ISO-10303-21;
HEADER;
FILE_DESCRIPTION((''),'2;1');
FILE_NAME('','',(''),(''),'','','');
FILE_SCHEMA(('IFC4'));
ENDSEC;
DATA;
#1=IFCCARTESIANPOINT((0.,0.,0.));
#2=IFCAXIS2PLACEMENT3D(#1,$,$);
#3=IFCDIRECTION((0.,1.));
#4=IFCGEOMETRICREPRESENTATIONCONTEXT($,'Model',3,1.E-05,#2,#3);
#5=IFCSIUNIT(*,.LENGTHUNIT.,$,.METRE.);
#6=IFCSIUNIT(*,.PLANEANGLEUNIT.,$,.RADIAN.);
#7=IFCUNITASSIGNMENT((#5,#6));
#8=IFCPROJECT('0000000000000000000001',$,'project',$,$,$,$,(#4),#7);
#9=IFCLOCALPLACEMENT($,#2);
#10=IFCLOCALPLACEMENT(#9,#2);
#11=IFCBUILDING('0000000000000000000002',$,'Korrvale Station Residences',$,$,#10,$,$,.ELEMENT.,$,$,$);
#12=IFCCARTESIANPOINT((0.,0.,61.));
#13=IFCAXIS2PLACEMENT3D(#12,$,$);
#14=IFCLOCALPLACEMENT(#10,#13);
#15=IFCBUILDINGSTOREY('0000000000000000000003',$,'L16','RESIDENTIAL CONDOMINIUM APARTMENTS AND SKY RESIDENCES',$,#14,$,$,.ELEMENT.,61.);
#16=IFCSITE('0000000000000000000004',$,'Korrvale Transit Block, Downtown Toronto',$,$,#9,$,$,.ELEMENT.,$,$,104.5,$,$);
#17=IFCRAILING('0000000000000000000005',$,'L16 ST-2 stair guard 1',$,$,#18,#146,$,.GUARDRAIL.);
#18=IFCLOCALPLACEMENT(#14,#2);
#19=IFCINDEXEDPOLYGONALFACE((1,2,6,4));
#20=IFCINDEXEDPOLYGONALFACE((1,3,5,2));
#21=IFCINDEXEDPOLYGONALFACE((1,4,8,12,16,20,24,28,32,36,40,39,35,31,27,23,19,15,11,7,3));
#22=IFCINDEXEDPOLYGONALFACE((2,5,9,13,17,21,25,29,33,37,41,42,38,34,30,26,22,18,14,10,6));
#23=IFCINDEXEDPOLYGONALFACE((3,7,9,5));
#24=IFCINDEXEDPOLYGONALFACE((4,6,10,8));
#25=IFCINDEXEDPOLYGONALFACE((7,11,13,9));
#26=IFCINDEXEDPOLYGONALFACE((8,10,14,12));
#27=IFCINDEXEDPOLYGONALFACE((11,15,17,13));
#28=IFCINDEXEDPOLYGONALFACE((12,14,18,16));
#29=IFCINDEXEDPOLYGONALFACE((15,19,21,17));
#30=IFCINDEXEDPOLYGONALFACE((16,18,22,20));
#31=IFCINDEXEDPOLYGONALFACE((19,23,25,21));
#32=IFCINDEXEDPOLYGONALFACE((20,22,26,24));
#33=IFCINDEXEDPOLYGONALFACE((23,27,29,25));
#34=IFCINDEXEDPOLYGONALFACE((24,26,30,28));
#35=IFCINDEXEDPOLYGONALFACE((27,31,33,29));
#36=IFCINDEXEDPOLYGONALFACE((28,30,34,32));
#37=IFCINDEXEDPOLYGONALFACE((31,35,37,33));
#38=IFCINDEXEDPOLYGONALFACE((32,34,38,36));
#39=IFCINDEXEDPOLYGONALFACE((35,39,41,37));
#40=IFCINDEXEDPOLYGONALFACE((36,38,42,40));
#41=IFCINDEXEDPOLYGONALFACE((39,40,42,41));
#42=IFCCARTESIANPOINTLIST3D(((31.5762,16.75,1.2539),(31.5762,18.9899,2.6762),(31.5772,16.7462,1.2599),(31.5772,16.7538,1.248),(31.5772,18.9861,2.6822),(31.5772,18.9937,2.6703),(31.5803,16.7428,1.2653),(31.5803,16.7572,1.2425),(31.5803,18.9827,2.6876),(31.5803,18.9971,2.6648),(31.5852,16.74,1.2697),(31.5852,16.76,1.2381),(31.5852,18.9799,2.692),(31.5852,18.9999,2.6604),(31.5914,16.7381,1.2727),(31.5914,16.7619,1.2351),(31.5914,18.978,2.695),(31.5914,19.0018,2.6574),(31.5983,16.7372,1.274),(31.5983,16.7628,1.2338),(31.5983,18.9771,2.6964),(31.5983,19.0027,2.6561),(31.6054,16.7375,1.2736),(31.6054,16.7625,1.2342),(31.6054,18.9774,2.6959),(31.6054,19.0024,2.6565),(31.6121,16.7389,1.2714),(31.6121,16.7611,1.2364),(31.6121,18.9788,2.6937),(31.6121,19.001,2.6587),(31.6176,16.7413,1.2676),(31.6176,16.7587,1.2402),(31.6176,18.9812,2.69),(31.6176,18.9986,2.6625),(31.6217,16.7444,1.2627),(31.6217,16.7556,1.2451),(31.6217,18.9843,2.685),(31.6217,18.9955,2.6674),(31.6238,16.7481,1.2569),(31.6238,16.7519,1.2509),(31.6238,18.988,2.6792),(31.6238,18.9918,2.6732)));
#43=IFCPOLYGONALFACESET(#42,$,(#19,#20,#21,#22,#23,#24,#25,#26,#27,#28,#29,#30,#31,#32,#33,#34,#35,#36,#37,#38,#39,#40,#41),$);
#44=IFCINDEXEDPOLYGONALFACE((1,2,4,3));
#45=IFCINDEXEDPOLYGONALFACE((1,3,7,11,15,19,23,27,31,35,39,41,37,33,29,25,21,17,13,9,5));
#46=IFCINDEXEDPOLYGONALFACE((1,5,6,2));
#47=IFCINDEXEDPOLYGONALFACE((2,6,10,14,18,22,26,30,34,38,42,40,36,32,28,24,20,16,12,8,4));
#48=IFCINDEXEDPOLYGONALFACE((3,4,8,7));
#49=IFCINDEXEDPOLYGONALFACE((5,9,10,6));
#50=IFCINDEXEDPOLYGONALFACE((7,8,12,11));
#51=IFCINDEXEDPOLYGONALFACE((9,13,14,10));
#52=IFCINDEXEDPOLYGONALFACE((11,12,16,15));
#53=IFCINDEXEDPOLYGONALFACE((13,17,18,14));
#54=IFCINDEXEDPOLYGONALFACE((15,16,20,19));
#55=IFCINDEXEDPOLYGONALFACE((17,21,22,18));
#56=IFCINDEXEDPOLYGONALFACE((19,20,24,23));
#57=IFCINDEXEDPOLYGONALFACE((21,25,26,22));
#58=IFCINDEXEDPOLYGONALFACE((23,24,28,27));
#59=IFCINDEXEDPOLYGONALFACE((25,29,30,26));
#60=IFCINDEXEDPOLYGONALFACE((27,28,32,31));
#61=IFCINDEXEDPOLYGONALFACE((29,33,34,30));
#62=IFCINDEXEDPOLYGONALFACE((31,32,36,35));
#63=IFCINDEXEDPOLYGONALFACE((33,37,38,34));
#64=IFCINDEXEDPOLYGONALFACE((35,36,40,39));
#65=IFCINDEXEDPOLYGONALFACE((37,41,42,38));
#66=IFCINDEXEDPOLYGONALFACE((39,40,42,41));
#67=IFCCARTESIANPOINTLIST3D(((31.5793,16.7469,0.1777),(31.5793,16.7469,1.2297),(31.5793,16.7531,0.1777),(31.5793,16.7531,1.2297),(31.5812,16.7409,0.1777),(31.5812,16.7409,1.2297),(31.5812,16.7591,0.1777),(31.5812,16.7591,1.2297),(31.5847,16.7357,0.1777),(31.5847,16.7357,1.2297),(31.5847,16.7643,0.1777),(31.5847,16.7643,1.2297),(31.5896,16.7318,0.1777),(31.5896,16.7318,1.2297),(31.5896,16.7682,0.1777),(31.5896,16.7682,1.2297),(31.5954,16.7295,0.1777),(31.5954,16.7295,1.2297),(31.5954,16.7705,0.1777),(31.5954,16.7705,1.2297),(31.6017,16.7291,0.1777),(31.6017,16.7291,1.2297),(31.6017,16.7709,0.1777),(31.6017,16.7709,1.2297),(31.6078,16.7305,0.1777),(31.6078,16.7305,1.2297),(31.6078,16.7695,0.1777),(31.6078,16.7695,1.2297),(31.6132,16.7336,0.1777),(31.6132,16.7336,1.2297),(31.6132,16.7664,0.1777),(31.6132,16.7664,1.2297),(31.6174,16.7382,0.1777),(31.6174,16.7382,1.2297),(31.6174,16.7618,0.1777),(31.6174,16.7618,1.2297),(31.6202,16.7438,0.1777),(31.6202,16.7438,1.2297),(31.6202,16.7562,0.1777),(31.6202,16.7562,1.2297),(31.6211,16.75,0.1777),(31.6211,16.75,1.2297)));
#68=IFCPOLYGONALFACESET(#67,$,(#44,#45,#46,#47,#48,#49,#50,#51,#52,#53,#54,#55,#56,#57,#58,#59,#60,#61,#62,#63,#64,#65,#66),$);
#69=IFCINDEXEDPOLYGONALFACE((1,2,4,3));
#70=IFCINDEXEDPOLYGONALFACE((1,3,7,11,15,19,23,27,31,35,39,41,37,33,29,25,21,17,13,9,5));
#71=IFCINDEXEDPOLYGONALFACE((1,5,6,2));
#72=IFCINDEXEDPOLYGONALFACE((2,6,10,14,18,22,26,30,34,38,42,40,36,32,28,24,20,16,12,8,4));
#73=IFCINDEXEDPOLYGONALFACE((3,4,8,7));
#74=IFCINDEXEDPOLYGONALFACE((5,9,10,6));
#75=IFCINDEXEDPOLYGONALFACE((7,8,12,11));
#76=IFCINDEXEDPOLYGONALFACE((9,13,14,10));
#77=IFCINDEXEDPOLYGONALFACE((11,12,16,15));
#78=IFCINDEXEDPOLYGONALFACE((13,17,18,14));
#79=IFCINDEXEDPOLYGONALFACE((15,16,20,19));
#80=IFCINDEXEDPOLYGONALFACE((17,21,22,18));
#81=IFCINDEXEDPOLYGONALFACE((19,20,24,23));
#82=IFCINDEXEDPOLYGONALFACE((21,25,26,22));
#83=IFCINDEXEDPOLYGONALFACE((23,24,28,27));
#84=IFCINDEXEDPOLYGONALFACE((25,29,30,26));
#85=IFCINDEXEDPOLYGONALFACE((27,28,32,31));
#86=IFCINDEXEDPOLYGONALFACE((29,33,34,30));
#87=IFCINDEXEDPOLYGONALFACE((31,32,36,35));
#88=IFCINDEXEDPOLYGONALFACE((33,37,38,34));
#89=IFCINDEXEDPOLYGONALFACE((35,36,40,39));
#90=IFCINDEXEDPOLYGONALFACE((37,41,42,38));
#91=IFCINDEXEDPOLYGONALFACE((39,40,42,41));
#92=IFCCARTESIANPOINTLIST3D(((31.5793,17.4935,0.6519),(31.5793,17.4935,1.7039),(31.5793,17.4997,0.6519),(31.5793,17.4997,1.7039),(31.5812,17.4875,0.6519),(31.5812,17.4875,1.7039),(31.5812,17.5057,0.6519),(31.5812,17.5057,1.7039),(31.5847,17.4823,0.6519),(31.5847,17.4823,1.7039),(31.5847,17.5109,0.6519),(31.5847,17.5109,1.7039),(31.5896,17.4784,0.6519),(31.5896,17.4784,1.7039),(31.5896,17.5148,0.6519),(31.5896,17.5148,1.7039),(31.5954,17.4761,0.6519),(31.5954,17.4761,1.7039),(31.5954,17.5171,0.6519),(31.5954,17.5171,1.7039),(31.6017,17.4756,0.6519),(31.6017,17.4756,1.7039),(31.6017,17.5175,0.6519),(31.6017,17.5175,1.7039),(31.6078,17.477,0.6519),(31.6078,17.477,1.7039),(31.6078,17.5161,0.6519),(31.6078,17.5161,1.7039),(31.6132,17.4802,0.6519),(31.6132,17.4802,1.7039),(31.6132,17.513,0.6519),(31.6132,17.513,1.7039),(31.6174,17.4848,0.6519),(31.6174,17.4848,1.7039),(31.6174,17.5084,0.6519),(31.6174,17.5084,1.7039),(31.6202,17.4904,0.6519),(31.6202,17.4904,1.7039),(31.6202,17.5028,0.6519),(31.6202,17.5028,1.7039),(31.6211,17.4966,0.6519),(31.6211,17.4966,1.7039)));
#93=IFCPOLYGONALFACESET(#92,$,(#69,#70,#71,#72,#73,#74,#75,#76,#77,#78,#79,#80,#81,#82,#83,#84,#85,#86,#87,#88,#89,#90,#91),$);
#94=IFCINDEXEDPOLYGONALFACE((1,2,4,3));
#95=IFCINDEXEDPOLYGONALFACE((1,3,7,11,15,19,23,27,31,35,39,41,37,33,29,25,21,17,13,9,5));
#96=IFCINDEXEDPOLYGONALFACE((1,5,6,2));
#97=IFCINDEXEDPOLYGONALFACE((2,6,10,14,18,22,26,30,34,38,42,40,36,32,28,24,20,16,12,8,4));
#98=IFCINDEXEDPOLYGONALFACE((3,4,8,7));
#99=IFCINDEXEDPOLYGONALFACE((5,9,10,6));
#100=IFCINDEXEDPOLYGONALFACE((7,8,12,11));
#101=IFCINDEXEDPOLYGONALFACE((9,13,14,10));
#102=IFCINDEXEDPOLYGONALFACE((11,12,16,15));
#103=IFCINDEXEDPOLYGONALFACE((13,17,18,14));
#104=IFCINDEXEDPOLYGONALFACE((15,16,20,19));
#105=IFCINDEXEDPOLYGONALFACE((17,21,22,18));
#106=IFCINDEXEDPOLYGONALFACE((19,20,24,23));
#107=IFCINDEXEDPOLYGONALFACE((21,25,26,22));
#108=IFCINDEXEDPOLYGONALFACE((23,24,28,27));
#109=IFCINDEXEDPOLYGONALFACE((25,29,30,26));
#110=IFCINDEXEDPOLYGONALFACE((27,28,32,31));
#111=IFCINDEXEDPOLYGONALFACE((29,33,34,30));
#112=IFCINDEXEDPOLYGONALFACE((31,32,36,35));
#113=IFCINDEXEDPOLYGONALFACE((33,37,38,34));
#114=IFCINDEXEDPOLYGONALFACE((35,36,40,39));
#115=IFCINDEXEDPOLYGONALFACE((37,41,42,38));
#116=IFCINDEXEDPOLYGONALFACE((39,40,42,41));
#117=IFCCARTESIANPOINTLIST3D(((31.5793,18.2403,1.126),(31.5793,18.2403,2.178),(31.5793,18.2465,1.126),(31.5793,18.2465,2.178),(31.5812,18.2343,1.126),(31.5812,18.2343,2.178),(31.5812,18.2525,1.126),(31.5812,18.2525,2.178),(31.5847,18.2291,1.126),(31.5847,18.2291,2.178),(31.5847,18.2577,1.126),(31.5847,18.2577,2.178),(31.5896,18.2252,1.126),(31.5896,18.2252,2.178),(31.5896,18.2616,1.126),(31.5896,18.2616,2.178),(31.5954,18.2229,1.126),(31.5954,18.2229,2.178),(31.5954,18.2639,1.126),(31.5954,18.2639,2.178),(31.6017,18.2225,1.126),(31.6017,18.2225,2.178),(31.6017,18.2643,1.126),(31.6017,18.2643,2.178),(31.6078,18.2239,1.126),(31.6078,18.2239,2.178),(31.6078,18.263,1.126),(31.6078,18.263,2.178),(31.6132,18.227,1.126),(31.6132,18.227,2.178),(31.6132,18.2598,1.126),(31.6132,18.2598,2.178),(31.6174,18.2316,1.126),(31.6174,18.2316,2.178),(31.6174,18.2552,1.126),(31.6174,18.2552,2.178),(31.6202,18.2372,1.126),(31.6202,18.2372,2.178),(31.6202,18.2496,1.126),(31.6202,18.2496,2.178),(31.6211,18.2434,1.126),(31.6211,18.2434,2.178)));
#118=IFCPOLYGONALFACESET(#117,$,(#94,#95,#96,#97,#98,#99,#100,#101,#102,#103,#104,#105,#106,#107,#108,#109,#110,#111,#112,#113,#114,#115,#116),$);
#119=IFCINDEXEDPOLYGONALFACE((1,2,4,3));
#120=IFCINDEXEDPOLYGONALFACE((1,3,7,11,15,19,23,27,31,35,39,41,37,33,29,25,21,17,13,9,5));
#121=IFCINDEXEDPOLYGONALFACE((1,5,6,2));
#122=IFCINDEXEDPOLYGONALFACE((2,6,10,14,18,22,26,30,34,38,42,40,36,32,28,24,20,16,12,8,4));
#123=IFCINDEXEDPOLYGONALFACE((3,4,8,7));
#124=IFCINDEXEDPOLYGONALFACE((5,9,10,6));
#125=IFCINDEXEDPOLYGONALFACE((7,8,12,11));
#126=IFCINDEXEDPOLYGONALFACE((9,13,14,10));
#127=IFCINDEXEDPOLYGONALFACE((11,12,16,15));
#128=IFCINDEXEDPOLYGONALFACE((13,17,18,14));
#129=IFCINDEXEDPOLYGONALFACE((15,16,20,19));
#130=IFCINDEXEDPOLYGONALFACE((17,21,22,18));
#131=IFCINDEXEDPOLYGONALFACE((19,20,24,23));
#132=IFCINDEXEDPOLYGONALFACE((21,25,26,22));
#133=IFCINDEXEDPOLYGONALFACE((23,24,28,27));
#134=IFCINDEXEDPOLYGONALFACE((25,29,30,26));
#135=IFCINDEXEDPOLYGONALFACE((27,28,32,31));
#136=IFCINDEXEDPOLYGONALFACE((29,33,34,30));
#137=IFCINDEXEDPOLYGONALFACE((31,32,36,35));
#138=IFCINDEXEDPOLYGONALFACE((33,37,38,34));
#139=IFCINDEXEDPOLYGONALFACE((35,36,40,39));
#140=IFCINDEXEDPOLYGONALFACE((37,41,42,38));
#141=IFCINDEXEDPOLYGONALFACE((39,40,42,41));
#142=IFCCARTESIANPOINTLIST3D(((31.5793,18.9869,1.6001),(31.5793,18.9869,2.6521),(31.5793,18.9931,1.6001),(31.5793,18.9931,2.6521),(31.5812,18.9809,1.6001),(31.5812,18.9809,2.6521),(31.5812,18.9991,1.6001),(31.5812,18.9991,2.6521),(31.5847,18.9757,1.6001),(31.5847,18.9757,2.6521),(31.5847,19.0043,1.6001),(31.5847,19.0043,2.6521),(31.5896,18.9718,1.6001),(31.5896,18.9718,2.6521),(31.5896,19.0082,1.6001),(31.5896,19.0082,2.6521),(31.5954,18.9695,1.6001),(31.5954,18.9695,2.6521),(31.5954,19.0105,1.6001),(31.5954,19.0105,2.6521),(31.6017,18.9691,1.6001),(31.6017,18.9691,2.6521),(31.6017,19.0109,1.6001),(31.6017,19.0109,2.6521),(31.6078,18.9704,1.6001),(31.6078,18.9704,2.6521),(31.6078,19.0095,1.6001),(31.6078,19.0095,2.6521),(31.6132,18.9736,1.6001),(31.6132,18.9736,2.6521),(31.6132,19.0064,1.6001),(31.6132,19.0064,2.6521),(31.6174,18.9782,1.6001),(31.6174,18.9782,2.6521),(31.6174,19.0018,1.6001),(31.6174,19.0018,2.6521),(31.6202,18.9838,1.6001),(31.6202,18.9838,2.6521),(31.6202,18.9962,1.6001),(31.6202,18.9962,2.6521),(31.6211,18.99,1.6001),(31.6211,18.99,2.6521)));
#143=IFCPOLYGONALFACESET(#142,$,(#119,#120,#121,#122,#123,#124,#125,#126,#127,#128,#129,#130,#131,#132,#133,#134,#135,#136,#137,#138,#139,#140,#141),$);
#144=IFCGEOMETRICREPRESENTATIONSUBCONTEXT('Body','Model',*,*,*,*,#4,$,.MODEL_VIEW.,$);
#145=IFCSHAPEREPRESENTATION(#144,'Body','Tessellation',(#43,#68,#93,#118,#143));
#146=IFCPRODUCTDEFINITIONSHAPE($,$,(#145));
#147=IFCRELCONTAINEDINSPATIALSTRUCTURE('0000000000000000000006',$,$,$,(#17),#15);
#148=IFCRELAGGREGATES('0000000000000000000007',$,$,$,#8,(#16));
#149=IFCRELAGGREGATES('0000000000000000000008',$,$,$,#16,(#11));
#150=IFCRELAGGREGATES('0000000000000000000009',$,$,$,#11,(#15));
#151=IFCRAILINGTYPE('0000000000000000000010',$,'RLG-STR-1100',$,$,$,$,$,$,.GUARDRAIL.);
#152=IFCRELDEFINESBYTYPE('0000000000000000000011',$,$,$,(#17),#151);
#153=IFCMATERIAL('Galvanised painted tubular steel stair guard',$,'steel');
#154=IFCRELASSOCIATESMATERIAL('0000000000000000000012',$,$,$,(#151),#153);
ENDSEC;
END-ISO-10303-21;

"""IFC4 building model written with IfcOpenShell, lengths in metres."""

from ifc_helpers import new_model, si_unit, direction, frame, origin, origin_2d, place, context, subcontext, project, spatial, circle, extrude, material, type_object, element, save


model = new_model("IFC4")

# Units and contexts
model_context = context("Model", 3, precision=1e-05, world=origin(), true_north=direction((0.0, 1.0)))
body_context = subcontext(model_context, "Body", "Model", "MODEL_VIEW")
ifc_project = project(units=[si_unit("LENGTHUNIT", "METRE"), si_unit("PLANEANGLEUNIT", "RADIAN")], contexts=[model_context])

# Site, building, storey
site_placement = place(None, origin())
site = spatial("IfcSite", under=ifc_project, at=site_placement, Name="Korrvale Transit Block, Downtown Toronto", CompositionType="ELEMENT", RefElevation=104.5)
building_placement = place(site_placement, origin())
building = spatial("IfcBuilding", under=site, at=building_placement, Name="Korrvale Station Residences", CompositionType="ELEMENT")
storey_placement = place(building_placement, frame((0.0, 0.0, 61.0)))
storey = spatial("IfcBuildingStorey", under=building, at=storey_placement, Name="L16", Description="RESIDENTIAL CONDOMINIUM APARTMENTS AND SKY RESIDENCES", CompositionType="ELEMENT", Elevation=61.0)

# Railing
ifc_material_1 = material(Name="Galvanised painted tubular steel stair guard", Category="steel")
railing_type_1 = type_object("IfcRailingType", Name="RLG-STR-1100", PredefinedType="GUARDRAIL", material=ifc_material_1)
railing_1_placement = place(storey_placement, frame((31.6001, 16.75, 0.1777)))
element("IfcRailing", 1, at=railing_1_placement, inside=storey, type_object=railing_type_1, Name="L16 ST-2 stair guard 1", PredefinedType="GUARDRAIL", context=body_context, shape_type="SweptSolid", body=[
    extrude(circle(Radius=0.0239, at=origin_2d()), frame((0.0, 0.0, 1.0762), z_axis=(0.0, 0.844188, 0.536048), x_axis=(-1.0, 0.0, 0.0)), (0.0, 0.0, 1.0), 2.6533),
    extrude(circle(Radius=0.021, at=origin_2d()), origin(), (0.0, 0.0, 1.0), 1.052),
    extrude(circle(Radius=0.021, at=origin_2d()), frame((0.0, 0.7466, 0.4741)), (0.0, 0.0, 1.0), 1.052),
    extrude(circle(Radius=0.021, at=origin_2d()), frame((0.0, 1.4934, 0.9482)), (0.0, 0.0, 1.0), 1.052),
    extrude(circle(Radius=0.021, at=origin_2d()), frame((0.0, 2.24, 1.4224)), (0.0, 0.0, 1.0), 1.052),
])

save(model, "model.ifc")
